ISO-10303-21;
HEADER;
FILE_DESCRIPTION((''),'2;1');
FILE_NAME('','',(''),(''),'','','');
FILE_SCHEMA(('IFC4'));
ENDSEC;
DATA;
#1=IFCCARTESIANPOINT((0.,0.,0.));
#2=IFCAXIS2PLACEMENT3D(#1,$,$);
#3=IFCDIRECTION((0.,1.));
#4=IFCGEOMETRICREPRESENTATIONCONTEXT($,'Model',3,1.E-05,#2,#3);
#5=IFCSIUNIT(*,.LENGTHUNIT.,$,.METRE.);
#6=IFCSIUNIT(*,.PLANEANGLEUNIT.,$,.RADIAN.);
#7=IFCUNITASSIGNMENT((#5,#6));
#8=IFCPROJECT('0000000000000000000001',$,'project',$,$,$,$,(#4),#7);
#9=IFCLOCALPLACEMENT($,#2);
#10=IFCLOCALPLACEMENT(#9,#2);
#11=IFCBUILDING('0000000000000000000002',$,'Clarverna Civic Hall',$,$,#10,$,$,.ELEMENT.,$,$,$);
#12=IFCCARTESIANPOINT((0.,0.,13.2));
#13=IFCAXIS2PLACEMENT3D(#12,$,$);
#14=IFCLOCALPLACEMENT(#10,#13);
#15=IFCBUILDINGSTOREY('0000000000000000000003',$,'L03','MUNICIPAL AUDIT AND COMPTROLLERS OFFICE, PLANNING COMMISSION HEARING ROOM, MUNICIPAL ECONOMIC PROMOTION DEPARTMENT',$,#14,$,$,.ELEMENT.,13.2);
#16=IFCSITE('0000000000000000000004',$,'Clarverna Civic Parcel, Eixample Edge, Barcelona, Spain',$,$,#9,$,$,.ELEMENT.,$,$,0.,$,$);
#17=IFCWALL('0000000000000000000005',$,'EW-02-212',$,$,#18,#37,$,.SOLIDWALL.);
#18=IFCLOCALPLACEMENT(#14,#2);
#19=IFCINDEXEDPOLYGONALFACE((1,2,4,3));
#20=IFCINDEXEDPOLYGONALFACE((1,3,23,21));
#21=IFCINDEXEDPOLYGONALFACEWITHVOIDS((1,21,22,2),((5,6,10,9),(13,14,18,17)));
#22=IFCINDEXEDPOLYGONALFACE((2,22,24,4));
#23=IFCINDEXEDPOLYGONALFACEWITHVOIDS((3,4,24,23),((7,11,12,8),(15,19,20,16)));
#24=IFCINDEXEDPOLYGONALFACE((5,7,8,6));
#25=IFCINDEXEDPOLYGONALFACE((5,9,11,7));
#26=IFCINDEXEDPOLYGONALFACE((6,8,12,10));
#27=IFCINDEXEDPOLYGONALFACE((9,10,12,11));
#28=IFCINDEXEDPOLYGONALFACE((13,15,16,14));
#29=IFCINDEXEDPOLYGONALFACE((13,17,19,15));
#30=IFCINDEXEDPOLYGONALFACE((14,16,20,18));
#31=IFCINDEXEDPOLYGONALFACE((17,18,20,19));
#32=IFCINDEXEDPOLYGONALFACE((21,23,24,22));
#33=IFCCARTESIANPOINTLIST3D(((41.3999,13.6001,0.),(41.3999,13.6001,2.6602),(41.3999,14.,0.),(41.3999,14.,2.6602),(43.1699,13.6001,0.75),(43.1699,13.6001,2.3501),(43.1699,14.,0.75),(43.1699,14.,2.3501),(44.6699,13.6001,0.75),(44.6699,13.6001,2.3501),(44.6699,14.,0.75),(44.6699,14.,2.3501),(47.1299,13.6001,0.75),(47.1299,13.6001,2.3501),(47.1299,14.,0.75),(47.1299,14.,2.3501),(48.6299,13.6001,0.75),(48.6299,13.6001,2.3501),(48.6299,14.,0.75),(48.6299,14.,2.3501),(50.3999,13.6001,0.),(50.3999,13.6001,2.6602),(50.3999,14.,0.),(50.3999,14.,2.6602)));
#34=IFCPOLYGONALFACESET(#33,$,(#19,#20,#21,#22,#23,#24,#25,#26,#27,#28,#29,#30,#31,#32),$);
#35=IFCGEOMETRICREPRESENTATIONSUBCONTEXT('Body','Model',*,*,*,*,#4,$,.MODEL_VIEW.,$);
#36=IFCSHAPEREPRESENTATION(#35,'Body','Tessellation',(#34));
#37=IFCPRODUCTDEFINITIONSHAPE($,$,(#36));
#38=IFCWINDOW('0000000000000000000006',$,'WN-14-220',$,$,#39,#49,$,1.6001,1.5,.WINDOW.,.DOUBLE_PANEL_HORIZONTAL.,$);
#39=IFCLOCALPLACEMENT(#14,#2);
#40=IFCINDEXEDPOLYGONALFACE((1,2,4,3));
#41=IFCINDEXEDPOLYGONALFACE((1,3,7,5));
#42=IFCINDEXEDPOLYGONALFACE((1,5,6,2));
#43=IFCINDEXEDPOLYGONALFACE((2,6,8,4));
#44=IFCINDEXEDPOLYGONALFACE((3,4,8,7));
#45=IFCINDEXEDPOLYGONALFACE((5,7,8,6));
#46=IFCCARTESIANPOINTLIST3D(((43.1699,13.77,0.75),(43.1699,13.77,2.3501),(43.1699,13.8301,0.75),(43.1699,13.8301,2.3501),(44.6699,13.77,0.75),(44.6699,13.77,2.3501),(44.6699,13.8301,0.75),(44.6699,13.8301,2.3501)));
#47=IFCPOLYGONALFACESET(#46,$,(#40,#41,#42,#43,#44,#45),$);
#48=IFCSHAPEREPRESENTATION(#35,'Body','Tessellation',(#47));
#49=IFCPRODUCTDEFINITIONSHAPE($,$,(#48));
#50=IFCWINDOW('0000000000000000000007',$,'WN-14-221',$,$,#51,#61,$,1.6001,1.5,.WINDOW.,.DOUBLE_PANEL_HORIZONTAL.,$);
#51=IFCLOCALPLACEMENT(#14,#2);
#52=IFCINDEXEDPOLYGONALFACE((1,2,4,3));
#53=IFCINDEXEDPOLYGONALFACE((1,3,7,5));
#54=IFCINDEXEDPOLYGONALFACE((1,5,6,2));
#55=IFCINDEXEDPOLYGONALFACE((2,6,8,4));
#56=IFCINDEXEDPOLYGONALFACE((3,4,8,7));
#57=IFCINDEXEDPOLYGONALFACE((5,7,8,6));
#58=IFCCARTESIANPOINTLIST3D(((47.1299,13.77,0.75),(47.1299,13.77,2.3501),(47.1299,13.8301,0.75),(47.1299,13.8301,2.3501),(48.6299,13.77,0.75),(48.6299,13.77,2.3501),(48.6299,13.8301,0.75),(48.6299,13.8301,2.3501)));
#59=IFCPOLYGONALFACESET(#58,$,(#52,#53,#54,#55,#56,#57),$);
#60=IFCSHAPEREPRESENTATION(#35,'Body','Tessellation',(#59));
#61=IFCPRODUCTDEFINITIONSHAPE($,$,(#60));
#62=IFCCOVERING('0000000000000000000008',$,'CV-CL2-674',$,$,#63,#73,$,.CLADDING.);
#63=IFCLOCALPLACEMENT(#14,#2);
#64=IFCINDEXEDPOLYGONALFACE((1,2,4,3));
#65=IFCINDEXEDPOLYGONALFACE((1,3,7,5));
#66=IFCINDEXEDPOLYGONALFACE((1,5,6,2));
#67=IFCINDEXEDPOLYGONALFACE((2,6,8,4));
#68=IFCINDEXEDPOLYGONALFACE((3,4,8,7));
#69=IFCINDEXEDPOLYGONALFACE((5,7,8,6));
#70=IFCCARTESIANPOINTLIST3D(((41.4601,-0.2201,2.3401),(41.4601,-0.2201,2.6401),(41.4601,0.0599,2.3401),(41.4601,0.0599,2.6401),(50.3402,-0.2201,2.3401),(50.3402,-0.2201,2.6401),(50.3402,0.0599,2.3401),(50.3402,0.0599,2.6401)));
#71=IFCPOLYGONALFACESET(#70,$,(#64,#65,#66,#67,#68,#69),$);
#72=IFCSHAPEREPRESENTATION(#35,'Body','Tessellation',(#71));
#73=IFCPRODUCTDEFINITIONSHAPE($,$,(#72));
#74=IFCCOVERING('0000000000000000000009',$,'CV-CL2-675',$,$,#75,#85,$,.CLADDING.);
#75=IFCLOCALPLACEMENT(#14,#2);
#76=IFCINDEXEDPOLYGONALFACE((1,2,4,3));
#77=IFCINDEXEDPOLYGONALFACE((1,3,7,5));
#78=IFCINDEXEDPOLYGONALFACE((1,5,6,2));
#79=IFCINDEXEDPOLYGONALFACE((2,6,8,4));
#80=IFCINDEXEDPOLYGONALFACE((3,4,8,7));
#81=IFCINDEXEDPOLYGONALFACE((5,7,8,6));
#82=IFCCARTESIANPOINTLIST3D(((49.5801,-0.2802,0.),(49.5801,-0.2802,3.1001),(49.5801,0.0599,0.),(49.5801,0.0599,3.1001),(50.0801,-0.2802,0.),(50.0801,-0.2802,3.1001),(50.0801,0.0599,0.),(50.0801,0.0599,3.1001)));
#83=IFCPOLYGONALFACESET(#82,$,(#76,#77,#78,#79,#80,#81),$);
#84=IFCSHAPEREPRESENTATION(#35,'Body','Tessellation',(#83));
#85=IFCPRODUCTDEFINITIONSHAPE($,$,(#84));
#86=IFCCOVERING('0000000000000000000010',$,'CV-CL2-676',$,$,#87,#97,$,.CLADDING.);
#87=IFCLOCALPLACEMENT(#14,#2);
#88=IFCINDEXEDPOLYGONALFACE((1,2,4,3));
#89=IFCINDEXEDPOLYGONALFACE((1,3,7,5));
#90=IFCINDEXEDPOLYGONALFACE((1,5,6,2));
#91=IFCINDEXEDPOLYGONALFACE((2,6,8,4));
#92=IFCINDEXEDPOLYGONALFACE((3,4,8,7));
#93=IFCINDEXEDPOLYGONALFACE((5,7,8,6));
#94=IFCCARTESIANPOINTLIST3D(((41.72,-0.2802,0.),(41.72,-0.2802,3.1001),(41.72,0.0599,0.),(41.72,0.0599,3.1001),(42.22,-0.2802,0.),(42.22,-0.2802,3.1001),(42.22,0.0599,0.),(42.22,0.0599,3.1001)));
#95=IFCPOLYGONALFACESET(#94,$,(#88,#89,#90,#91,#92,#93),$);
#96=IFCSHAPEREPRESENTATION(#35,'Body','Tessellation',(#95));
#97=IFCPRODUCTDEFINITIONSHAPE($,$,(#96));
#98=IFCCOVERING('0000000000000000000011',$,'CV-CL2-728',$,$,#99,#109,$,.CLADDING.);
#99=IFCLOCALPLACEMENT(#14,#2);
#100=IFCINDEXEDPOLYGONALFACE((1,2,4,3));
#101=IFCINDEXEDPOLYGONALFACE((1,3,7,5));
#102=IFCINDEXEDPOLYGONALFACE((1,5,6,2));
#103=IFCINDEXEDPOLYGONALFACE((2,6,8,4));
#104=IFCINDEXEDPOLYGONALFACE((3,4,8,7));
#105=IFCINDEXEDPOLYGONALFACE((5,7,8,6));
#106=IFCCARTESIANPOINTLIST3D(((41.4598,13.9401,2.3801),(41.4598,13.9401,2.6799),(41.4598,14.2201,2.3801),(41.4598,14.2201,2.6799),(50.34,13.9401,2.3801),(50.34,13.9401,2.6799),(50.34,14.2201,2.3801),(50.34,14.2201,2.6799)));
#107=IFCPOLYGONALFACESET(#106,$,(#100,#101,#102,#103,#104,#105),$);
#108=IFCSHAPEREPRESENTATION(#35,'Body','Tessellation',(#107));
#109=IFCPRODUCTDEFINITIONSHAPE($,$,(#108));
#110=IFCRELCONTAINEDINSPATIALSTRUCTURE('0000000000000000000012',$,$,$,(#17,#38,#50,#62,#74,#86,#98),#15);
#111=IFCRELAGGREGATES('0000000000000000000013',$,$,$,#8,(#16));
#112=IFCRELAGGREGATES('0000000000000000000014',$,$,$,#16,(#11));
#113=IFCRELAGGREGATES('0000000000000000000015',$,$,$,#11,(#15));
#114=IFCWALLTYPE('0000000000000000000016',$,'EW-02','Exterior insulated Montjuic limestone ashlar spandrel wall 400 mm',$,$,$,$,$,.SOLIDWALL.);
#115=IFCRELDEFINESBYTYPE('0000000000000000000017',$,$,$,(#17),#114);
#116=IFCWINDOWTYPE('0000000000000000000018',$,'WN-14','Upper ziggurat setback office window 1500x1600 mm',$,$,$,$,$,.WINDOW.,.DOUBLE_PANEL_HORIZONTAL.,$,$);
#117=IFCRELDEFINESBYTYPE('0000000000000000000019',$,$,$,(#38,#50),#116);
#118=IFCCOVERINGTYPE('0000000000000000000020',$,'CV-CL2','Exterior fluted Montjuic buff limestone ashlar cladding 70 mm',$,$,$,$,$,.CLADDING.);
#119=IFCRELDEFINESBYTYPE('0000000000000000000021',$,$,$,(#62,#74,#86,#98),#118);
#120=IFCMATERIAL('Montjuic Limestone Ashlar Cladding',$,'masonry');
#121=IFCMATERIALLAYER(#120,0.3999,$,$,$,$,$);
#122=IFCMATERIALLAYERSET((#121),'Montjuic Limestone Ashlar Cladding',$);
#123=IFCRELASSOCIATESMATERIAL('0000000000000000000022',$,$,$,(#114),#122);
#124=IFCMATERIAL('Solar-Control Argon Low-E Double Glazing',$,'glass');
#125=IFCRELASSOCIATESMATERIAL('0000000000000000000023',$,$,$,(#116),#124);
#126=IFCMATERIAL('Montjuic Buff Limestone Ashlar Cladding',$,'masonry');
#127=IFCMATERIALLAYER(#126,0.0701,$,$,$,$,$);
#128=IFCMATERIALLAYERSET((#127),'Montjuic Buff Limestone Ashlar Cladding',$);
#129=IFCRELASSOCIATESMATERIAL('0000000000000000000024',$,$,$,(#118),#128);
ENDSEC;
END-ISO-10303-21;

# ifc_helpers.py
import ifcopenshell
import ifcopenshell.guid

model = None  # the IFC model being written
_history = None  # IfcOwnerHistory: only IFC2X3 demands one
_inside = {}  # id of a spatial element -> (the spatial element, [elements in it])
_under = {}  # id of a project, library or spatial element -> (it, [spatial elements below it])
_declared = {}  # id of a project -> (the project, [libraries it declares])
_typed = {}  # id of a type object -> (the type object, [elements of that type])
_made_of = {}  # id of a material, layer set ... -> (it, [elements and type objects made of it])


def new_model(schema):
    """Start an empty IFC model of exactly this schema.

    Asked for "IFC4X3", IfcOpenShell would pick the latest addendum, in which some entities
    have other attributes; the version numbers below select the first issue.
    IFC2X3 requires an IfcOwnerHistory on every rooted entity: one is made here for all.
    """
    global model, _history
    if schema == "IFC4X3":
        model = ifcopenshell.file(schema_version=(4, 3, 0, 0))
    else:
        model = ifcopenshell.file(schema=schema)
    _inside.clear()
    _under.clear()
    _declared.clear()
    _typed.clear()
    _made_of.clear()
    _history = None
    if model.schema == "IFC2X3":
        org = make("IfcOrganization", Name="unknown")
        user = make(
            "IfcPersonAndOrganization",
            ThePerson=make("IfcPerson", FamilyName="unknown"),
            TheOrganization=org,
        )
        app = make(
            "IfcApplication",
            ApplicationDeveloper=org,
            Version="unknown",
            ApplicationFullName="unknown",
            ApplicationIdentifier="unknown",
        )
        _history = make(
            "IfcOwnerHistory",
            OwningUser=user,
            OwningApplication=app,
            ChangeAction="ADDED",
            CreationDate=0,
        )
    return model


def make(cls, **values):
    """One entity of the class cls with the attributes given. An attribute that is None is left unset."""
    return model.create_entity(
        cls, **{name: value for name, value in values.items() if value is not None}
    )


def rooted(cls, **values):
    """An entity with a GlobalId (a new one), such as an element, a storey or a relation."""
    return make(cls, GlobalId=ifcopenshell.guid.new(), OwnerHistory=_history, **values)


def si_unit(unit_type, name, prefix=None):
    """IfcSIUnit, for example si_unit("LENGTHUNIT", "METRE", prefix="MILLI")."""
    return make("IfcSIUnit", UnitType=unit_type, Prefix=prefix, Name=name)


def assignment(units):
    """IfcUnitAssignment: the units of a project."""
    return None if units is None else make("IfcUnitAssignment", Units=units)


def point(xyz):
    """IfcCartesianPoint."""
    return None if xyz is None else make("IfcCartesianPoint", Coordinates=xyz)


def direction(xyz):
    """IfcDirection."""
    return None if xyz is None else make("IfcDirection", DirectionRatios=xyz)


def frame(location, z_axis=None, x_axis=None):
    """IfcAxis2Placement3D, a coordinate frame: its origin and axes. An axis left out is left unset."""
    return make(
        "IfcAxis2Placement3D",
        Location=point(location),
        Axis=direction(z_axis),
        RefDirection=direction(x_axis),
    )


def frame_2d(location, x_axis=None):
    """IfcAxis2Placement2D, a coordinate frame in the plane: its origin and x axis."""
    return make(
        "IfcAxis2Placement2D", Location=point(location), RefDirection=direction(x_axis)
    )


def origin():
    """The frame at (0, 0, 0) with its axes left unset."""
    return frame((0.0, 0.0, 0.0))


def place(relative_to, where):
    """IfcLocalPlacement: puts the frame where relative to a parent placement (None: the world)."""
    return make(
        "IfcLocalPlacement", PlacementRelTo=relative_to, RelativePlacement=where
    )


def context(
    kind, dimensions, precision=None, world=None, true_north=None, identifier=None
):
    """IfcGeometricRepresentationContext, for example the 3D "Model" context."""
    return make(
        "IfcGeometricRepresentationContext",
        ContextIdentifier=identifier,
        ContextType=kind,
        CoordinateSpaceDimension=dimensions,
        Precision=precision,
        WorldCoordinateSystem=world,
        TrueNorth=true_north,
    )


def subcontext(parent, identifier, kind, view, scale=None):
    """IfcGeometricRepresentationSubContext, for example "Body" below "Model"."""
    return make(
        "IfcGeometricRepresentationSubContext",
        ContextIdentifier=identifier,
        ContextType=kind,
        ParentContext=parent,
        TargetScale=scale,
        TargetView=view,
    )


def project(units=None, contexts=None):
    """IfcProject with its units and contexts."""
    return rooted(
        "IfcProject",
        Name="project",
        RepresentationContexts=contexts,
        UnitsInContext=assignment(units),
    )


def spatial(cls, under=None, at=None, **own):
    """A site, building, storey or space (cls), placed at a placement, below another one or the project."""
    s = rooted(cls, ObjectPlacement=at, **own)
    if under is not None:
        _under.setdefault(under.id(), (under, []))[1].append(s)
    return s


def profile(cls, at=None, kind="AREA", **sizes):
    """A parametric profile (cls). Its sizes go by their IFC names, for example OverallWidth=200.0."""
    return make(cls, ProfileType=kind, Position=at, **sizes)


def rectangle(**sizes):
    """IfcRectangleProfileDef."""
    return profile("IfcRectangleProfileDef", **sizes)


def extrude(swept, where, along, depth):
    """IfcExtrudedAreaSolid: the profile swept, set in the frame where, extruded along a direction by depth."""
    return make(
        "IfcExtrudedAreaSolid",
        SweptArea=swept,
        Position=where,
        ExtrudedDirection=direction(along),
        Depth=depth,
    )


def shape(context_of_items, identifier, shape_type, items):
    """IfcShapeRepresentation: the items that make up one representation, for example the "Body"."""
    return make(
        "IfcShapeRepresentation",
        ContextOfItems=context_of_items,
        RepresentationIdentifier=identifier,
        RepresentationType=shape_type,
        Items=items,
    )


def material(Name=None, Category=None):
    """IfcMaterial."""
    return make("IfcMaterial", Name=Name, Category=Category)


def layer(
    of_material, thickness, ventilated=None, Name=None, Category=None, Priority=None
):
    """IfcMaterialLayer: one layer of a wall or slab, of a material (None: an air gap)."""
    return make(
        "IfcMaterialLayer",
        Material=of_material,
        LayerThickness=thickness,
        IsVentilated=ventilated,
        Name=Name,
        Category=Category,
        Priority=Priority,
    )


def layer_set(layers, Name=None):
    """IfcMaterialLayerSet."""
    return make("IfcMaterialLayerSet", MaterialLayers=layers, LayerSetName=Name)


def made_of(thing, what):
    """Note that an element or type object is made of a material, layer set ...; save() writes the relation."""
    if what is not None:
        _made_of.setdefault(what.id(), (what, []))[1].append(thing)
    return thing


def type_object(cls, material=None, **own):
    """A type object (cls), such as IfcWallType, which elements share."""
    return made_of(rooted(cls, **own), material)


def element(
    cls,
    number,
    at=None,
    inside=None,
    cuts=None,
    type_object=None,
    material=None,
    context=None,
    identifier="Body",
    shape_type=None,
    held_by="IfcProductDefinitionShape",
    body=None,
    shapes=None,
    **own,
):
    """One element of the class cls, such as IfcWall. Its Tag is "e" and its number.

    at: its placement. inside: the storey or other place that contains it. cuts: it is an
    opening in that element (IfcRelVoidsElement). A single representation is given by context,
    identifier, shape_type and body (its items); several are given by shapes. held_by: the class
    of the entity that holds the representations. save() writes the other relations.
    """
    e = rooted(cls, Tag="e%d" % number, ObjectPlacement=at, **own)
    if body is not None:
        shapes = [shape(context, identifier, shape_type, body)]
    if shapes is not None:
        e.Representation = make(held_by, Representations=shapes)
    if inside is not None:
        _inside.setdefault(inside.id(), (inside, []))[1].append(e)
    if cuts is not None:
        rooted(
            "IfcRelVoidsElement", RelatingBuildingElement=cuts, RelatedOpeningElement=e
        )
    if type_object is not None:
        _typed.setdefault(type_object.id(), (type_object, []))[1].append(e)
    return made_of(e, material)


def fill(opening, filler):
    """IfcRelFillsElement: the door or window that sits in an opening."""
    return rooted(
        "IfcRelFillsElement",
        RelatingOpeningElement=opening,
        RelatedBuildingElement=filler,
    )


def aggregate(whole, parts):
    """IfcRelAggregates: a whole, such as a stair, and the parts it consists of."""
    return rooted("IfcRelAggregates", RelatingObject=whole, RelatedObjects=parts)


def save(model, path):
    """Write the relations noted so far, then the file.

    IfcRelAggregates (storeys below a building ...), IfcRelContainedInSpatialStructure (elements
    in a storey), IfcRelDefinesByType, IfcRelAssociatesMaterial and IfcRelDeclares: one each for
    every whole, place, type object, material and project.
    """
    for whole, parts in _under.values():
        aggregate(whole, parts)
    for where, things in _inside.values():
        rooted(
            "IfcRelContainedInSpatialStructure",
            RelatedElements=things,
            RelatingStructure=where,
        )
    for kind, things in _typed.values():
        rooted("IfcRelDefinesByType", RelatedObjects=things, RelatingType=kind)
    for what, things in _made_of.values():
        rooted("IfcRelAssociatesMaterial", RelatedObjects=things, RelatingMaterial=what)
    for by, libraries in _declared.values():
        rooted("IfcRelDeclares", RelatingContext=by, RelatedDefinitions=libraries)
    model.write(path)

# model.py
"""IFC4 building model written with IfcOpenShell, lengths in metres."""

from ifc_helpers import new_model, si_unit, direction, frame, frame_2d, origin, place, context, subcontext, project, spatial, rectangle, extrude, material, layer, layer_set, type_object, element, fill, save


model = new_model("IFC4")

# Units and contexts
model_context = context("Model", 3, precision=1e-05, world=origin(), true_north=direction((0.0, 1.0)))
body_context = subcontext(model_context, "Body", "Model", "MODEL_VIEW")
ifc_project = project(units=[si_unit("LENGTHUNIT", "METRE"), si_unit("PLANEANGLEUNIT", "RADIAN")], contexts=[model_context])

# Site, building, storey
site_placement = place(None, origin())
site = spatial("IfcSite", under=ifc_project, at=site_placement, Name="Clarverna Civic Parcel, Eixample Edge, Barcelona, Spain", CompositionType="ELEMENT", RefElevation=0.0)
building_placement = place(site_placement, origin())
building = spatial("IfcBuilding", under=site, at=building_placement, Name="Clarverna Civic Hall", CompositionType="ELEMENT")
storey_placement = place(building_placement, frame((0.0, 0.0, 13.2)))
storey = spatial("IfcBuildingStorey", under=building, at=storey_placement, Name="L03", Description="MUNICIPAL AUDIT AND COMPTROLLERS OFFICE, PLANNING COMMISSION HEARING ROOM, MUNICIPAL ECONOMIC PROMOTION DEPARTMENT", CompositionType="ELEMENT", Elevation=13.2)

# Wall, openings, windows
ifc_material_1 = material(Name="Montjuic Limestone Ashlar Cladding", Category="masonry")
ifc_layer_1 = layer(ifc_material_1, 0.3999)
ifc_layer_set_1 = layer_set([ifc_layer_1], Name="Montjuic Limestone Ashlar Cladding")
wall_type = type_object("IfcWallType", Name="EW-02", Description="Exterior insulated Montjuic limestone ashlar spandrel wall 400 mm", PredefinedType="SOLIDWALL", material=ifc_layer_set_1)
ifc_material_2 = material(Name="Solar-Control Argon Low-E Double Glazing", Category="glass")
window_type = type_object("IfcWindowType", Name="WN-14", Description="Upper ziggurat setback office window 1500x1600 mm", PartitioningType="DOUBLE_PANEL_HORIZONTAL", PredefinedType="WINDOW", material=ifc_material_2)
wall_1_placement = place(storey_placement, frame((41.3999, 13.8, 0.0), z_axis=(0.0, 0.0, 1.0), x_axis=(1.0, 0.0, 0.0)))
wall_1 = element("IfcWall", 1, at=wall_1_placement, inside=storey, type_object=wall_type, Name="EW-02-212", PredefinedType="SOLIDWALL", context=body_context, shape_type="SweptSolid", body=[
    extrude(rectangle(XDim=9.0, YDim=0.3999, at=frame_2d((4.5, 0.0))), origin(), (0.0, 0.0, 1.0), 2.6602),
])
opening_1_placement = place(wall_1_placement, frame((1.77, 0.0, 0.75)))
opening_1 = element("IfcOpeningElement", 2, at=opening_1_placement, cuts=wall_1, PredefinedType="OPENING", context=body_context, shape_type="SweptSolid", body=[
    extrude(rectangle(XDim=1.5, YDim=1.6001, at=frame_2d((0.75, 0.8))), frame((0.0, 0.21, 0.0), z_axis=(0.0, -1.0, 0.0), x_axis=(1.0, 0.0, 0.0)), (0.0, 0.0, 1.0), 0.4199),
])
opening_2_placement = place(wall_1_placement, frame((5.73, 0.0, 0.75)))
opening_2 = element("IfcOpeningElement", 3, at=opening_2_placement, cuts=wall_1, PredefinedType="OPENING", context=body_context, shape_type="SweptSolid", body=[
    extrude(rectangle(XDim=1.5, YDim=1.6001, at=frame_2d((0.75, 0.8))), frame((0.0, 0.21, 0.0), z_axis=(0.0, -1.0, 0.0), x_axis=(1.0, 0.0, 0.0)), (0.0, 0.0, 1.0), 0.4199),
])
window_1_placement = place(opening_1_placement, origin())
window_1 = element("IfcWindow", 4, at=window_1_placement, inside=storey, type_object=window_type, Name="WN-14-220", OverallHeight=1.6001, OverallWidth=1.5, PartitioningType="DOUBLE_PANEL_HORIZONTAL", PredefinedType="WINDOW", context=body_context, shape_type="SweptSolid", body=[
    extrude(rectangle(XDim=1.5, YDim=1.6001, at=frame_2d((0.75, 0.8))), frame((0.0, 0.03, 0.0), z_axis=(0.0, -1.0, 0.0), x_axis=(1.0, 0.0, 0.0)), (0.0, 0.0, 1.0), 0.0601),
])
fill(opening_1, window_1)
window_2_placement = place(opening_2_placement, origin())
window_2 = element("IfcWindow", 5, at=window_2_placement, inside=storey, type_object=window_type, Name="WN-14-221", OverallHeight=1.6001, OverallWidth=1.5, PartitioningType="DOUBLE_PANEL_HORIZONTAL", PredefinedType="WINDOW", context=body_context, shape_type="SweptSolid", body=[
    extrude(rectangle(XDim=1.5, YDim=1.6001, at=frame_2d((0.75, 0.8))), frame((0.0, 0.03, 0.0), z_axis=(0.0, -1.0, 0.0), x_axis=(1.0, 0.0, 0.0)), (0.0, 0.0, 1.0), 0.0601),
])
fill(opening_2, window_2)

# Coverings
ifc_material_3 = material(Name="Montjuic Buff Limestone Ashlar Cladding", Category="masonry")
ifc_layer_2 = layer(ifc_material_3, 0.0701)
ifc_layer_set_2 = layer_set([ifc_layer_2], Name="Montjuic Buff Limestone Ashlar Cladding")
covering_type = type_object("IfcCoveringType", Name="CV-CL2", Description="Exterior fluted Montjuic buff limestone ashlar cladding 70 mm", PredefinedType="CLADDING", material=ifc_layer_set_2)
covering_1_placement = place(storey_placement, frame((50.3401, -0.0801, 2.3401), z_axis=(0.0, 0.0, 1.0), x_axis=(-1.0, 0.0, 0.0)))
element("IfcCovering", 6, at=covering_1_placement, inside=storey, type_object=covering_type, Name="CV-CL2-674", PredefinedType="CLADDING", context=body_context, shape_type="SweptSolid", body=[
    extrude(rectangle(XDim=8.8801, YDim=0.28, at=frame_2d((4.4399, 0.0))), origin(), (0.0, 0.0, 1.0), 0.3),
])
for number, where, z_axis, x_axis, name in (
    (7, (50.0801, -0.1101, 0.0), (0.0, 0.0, 1.0), (-1.0, 0.0, 0.0), "CV-CL2-675"),
    (8, (42.22, -0.1101, 0.0), (0.0, 0.0, 1.0), (-1.0, 0.0, 0.0), "CV-CL2-676"),
):
    element("IfcCovering", number, at=place(storey_placement, frame(where, z_axis=z_axis, x_axis=x_axis)), inside=storey, type_object=covering_type, Name=name, PredefinedType="CLADDING", context=body_context, shape_type="SweptSolid", body=[
        extrude(rectangle(XDim=0.5, YDim=0.3401, at=frame_2d((0.25, 0.0))), origin(), (0.0, 0.0, 1.0), 3.1001),
    ])
covering_2_placement = place(storey_placement, frame((41.46, 14.0801, 2.3801), z_axis=(0.0, 0.0, 1.0), x_axis=(1.0, 0.0, 0.0)))
element("IfcCovering", 9, at=covering_2_placement, inside=storey, type_object=covering_type, Name="CV-CL2-728", PredefinedType="CLADDING", context=body_context, shape_type="SweptSolid", body=[
    extrude(rectangle(XDim=8.8801, YDim=0.28, at=frame_2d((4.4399, 0.0))), origin(), (0.0, 0.0, 1.0), 0.2998),
])

save(model, "model.ifc")
